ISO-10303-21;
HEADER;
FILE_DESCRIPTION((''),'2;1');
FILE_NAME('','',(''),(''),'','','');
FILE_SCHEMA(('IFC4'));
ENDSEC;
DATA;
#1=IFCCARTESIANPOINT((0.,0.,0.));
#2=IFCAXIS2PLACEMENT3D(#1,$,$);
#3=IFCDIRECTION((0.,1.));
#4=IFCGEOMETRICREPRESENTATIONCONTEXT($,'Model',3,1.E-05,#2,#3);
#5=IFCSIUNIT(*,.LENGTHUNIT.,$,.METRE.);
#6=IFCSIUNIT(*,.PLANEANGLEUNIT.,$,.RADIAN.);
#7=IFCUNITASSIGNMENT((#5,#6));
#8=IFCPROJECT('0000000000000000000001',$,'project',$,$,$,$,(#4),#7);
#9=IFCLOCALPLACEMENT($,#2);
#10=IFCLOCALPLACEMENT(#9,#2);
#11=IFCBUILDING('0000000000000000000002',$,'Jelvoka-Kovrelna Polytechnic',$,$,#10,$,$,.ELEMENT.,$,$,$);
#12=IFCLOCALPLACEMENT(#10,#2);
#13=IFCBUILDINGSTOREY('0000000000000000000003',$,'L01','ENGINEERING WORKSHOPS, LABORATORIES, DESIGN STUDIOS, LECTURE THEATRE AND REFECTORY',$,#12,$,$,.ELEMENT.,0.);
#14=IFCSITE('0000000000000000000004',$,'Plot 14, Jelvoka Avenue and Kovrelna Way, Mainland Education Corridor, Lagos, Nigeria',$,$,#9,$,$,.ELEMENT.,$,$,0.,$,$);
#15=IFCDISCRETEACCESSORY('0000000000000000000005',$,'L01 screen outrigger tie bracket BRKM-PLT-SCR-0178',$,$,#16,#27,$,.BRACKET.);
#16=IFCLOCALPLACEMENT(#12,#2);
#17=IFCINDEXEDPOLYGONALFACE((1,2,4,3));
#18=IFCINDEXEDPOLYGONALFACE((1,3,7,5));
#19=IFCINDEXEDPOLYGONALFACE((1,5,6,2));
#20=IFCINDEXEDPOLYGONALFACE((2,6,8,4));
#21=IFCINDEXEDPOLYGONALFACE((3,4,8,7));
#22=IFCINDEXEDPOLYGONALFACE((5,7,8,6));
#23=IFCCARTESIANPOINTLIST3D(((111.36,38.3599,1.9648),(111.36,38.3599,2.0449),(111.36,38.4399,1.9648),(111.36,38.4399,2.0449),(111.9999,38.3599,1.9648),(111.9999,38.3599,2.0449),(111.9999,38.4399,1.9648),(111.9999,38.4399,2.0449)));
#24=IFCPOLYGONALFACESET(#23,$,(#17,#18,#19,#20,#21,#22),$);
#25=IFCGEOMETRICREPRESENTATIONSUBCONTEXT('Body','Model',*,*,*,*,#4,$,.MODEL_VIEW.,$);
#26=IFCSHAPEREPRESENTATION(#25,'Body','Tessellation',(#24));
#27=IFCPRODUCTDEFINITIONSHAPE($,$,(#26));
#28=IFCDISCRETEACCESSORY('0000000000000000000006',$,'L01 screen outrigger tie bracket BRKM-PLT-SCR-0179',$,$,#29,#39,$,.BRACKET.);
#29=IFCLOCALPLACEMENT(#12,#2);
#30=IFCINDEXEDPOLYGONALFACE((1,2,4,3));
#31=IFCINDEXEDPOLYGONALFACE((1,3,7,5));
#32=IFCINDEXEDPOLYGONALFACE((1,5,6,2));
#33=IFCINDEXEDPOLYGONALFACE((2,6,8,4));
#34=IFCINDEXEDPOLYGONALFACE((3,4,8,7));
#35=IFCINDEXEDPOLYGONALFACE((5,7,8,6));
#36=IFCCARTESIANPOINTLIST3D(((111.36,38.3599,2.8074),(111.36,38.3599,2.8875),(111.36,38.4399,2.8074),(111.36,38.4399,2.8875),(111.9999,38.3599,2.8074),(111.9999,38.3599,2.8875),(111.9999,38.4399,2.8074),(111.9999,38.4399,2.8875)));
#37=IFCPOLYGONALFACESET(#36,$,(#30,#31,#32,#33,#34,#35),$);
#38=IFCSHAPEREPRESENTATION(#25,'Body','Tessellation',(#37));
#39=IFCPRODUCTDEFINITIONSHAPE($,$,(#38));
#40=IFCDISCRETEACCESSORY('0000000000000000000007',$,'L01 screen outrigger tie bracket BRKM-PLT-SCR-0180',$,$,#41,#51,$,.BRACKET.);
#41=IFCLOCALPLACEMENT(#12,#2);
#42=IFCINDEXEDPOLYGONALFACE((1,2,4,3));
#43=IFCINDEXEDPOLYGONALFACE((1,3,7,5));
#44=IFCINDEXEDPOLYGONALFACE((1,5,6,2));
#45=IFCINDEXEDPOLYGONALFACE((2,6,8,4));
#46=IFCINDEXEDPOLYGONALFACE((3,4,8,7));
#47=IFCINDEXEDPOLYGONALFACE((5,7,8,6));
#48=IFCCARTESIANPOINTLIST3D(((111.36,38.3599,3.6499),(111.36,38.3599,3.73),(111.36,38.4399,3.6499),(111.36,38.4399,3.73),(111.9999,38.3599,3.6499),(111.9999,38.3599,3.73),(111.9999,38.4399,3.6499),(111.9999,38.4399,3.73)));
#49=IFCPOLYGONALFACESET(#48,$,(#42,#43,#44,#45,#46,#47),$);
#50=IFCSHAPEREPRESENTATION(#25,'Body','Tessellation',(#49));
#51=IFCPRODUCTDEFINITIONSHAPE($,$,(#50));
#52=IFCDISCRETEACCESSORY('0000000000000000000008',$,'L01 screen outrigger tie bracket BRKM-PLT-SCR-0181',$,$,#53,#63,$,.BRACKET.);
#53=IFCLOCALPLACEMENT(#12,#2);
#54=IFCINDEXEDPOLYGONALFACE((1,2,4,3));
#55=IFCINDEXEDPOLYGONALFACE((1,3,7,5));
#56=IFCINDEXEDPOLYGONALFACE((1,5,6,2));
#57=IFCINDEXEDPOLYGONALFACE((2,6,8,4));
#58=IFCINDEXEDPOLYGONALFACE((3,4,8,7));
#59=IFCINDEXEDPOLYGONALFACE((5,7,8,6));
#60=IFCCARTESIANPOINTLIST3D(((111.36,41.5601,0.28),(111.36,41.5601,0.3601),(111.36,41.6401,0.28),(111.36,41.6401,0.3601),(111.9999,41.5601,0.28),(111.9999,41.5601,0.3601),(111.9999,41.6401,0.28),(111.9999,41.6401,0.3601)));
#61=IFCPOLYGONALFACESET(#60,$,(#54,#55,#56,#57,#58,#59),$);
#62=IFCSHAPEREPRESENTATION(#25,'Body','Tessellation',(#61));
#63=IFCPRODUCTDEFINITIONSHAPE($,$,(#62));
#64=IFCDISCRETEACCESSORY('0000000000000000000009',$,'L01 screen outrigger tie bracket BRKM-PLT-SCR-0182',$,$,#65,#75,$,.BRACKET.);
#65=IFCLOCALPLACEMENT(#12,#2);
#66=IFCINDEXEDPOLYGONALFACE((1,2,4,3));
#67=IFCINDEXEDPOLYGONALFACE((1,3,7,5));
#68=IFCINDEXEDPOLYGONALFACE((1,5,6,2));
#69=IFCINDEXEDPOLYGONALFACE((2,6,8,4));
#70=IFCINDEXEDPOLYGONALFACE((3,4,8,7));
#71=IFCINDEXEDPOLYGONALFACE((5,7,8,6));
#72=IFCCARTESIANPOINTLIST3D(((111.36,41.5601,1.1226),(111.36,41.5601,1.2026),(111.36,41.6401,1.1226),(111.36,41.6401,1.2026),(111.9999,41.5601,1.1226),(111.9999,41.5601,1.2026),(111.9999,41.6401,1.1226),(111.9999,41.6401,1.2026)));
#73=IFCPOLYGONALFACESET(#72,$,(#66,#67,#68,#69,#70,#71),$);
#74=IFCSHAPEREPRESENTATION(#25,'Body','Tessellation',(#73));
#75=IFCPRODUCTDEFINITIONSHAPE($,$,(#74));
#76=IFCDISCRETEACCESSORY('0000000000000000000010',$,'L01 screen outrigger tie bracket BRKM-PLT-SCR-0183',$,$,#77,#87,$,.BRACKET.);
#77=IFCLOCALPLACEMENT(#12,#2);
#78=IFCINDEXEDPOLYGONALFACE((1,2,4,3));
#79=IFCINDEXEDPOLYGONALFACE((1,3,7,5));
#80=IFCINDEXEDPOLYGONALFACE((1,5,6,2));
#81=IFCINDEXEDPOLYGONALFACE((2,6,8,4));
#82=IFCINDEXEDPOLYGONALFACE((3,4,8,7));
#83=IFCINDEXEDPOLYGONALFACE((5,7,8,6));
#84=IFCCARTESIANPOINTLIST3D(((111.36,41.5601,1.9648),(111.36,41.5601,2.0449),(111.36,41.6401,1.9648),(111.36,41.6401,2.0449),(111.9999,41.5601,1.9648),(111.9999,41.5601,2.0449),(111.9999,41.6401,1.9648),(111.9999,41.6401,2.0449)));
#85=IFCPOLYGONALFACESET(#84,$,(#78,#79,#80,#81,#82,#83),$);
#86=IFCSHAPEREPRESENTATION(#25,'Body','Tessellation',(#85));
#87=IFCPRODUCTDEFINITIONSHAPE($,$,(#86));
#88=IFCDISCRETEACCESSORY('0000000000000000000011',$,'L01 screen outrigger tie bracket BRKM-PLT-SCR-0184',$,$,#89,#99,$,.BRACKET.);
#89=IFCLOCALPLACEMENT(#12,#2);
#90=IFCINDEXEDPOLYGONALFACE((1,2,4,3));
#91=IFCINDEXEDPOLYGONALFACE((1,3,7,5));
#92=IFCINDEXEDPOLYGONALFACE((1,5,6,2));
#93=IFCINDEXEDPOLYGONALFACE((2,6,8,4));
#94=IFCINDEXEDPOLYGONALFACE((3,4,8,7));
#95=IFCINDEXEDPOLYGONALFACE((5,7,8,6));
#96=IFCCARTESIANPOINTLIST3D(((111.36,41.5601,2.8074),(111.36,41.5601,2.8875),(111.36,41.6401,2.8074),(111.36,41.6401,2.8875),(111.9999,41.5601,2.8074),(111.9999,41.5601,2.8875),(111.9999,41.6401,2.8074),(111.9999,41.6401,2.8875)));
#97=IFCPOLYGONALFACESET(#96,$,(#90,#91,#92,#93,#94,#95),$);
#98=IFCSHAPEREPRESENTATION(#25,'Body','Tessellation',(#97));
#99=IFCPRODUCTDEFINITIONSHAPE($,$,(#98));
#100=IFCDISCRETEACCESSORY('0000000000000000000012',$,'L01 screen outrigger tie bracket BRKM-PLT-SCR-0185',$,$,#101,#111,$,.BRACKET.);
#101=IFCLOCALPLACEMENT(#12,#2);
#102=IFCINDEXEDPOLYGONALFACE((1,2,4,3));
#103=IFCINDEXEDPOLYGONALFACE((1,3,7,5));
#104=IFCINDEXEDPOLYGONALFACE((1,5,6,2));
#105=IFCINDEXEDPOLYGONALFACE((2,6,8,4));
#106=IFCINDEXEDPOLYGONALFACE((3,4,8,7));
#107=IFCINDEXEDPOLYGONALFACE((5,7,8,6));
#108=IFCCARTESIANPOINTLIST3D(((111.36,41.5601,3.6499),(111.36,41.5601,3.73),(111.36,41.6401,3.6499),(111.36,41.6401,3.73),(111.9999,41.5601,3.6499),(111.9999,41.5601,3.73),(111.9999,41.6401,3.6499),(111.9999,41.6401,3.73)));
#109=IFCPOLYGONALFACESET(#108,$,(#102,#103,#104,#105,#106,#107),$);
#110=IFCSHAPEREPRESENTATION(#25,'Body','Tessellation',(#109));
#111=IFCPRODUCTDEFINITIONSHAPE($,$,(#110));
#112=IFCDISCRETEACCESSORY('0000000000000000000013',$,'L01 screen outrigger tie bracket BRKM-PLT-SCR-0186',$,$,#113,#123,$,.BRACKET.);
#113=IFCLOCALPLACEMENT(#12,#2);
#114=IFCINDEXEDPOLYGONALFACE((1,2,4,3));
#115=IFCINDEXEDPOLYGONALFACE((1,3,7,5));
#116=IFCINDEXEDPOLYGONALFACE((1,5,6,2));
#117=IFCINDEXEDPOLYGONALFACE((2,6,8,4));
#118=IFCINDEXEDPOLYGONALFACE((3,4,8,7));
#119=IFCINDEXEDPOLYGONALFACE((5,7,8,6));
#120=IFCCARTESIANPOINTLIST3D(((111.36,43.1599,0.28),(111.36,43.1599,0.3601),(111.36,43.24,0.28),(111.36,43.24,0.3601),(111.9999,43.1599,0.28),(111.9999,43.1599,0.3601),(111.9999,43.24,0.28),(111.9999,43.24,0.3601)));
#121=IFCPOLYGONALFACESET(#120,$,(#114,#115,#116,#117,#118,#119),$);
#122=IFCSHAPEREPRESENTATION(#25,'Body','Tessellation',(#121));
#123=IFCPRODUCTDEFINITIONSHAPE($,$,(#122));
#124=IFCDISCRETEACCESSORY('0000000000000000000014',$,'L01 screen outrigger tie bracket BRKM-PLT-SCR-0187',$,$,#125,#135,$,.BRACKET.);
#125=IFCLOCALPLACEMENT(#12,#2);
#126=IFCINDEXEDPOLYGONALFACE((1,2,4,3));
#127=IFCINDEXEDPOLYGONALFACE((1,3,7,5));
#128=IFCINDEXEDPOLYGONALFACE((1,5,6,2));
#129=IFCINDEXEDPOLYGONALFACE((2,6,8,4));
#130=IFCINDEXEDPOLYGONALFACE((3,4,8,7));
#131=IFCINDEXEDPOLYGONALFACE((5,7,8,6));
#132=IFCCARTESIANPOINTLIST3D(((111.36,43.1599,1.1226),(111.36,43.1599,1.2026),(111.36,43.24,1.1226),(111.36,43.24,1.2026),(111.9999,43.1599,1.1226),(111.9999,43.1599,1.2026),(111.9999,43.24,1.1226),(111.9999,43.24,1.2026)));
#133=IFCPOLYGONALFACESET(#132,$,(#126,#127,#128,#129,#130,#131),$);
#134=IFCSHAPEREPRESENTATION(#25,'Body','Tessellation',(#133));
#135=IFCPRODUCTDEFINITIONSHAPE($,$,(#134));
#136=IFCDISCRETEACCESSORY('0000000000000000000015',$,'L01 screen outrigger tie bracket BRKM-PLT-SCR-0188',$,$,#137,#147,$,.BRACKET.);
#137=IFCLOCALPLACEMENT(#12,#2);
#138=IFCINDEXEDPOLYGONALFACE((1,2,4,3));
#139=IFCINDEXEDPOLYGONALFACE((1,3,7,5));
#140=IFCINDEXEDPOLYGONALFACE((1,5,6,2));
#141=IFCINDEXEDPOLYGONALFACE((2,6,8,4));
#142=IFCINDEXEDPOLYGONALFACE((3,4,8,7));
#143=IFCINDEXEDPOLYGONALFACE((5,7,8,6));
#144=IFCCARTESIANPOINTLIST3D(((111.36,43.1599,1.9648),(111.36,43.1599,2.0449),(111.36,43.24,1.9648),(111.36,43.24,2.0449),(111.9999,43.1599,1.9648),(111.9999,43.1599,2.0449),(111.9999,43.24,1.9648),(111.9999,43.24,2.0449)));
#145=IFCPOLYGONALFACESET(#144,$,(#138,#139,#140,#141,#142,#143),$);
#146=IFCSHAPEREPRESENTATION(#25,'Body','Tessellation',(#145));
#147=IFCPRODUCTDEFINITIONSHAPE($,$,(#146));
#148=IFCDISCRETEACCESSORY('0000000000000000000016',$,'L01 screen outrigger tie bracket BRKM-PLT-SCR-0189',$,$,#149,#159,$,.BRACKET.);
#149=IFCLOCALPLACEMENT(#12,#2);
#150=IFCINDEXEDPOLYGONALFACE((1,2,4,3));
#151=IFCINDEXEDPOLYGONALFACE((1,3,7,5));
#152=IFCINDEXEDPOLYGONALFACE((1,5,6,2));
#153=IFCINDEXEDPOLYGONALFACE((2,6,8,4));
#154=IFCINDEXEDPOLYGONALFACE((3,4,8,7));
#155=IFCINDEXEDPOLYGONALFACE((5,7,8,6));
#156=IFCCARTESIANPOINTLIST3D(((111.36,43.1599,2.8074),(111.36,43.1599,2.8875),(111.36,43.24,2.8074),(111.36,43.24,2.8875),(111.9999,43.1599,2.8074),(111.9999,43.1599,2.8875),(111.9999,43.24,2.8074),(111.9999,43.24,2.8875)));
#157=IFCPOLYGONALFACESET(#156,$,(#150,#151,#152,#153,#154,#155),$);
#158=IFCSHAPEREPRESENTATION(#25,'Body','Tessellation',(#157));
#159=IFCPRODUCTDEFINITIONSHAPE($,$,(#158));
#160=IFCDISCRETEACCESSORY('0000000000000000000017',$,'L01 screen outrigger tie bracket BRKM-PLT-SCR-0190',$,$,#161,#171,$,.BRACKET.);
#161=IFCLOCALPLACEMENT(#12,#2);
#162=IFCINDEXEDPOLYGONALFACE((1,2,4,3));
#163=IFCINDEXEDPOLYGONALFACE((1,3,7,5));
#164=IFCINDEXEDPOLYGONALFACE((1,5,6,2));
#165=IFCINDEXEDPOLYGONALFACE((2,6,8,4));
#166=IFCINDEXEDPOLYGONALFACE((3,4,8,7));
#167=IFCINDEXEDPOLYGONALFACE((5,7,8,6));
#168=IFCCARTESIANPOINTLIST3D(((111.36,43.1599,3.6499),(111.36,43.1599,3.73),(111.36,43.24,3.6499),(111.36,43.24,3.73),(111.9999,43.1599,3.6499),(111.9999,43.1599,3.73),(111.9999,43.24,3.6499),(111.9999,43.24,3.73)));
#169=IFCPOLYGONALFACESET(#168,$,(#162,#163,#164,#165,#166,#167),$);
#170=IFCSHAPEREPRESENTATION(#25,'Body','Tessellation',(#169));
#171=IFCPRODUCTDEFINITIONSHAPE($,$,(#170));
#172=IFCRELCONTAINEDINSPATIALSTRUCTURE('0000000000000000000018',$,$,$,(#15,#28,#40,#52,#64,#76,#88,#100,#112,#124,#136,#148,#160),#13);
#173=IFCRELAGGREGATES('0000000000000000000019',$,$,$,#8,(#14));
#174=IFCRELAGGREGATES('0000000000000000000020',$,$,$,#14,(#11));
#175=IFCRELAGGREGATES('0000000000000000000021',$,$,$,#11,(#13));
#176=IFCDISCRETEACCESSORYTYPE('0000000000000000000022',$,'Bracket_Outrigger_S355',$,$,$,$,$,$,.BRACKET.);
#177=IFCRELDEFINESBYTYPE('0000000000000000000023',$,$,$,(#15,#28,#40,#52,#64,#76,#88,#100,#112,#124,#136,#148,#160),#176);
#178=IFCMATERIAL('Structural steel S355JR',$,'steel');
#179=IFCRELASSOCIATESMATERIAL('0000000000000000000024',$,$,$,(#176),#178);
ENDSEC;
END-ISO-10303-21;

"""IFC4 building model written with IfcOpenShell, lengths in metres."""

from ifc_helpers import new_model, si_unit, direction, frame, origin, origin_2d, place, context, subcontext, project, spatial, rectangle, extrude, material, type_object, element, save


model = new_model("IFC4")

# Units and contexts
model_context = context("Model", 3, precision=1e-05, world=origin(), true_north=direction((0.0, 1.0)))
body_context = subcontext(model_context, "Body", "Model", "MODEL_VIEW")
ifc_project = project(units=[si_unit("LENGTHUNIT", "METRE"), si_unit("PLANEANGLEUNIT", "RADIAN")], contexts=[model_context])

# Site, building, storey
site_placement = place(None, origin())
site = spatial("IfcSite", under=ifc_project, at=site_placement, Name="Plot 14, Jelvoka Avenue and Kovrelna Way, Mainland Education Corridor, Lagos, Nigeria", CompositionType="ELEMENT", RefElevation=0.0)
building_placement = place(site_placement, origin())
building = spatial("IfcBuilding", under=site, at=building_placement, Name="Jelvoka-Kovrelna Polytechnic", CompositionType="ELEMENT")
storey_placement = place(building_placement, origin())
storey = spatial("IfcBuildingStorey", under=building, at=storey_placement, Name="L01", Description="ENGINEERING WORKSHOPS, LABORATORIES, DESIGN STUDIOS, LECTURE THEATRE AND REFECTORY", CompositionType="ELEMENT", Elevation=0.0)

# Discrete accessories
ifc_material_1 = material(Name="Structural steel S355JR", Category="steel")
discrete_accessory_type = type_object("IfcDiscreteAccessoryType", Name="Bracket_Outrigger_S355", PredefinedType="BRACKET", material=ifc_material_1)
for number, where, z_axis, x_axis, name in (
    (1, (111.6799, 38.3999, 1.9648), (0.0, 0.0, 1.0), (1.0, 0.0, 0.0), "L01 screen outrigger tie bracket BRKM-PLT-SCR-0178"),
    (2, (111.6799, 38.3999, 2.8074), (0.0, 0.0, 1.0), (1.0, 0.0, 0.0), "L01 screen outrigger tie bracket BRKM-PLT-SCR-0179"),
    (3, (111.6799, 38.3999, 3.6499), (0.0, 0.0, 1.0), (1.0, 0.0, 0.0), "L01 screen outrigger tie bracket BRKM-PLT-SCR-0180"),
    (4, (111.6799, 41.6001, 0.28), (0.0, 0.0, 1.0), (1.0, 0.0, 0.0), "L01 screen outrigger tie bracket BRKM-PLT-SCR-0181"),
    (5, (111.6799, 41.6001, 1.1226), (0.0, 0.0, 1.0), (1.0, 0.0, 0.0), "L01 screen outrigger tie bracket BRKM-PLT-SCR-0182"),
    (6, (111.6799, 41.6001, 1.9648), (0.0, 0.0, 1.0), (1.0, 0.0, 0.0), "L01 screen outrigger tie bracket BRKM-PLT-SCR-0183"),
    (7, (111.6799, 41.6001, 2.8074), (0.0, 0.0, 1.0), (1.0, 0.0, 0.0), "L01 screen outrigger tie bracket BRKM-PLT-SCR-0184"),
    (8, (111.6799, 41.6001, 3.6499), (0.0, 0.0, 1.0), (1.0, 0.0, 0.0), "L01 screen outrigger tie bracket BRKM-PLT-SCR-0185"),
    (9, (111.6799, 43.2, 0.28), (0.0, 0.0, 1.0), (1.0, 0.0, 0.0), "L01 screen outrigger tie bracket BRKM-PLT-SCR-0186"),
    (10, (111.6799, 43.2, 1.1226), (0.0, 0.0, 1.0), (1.0, 0.0, 0.0), "L01 screen outrigger tie bracket BRKM-PLT-SCR-0187"),
    (11, (111.6799, 43.2, 1.9648), (0.0, 0.0, 1.0), (1.0, 0.0, 0.0), "L01 screen outrigger tie bracket BRKM-PLT-SCR-0188"),
    (12, (111.6799, 43.2, 2.8074), (0.0, 0.0, 1.0), (1.0, 0.0, 0.0), "L01 screen outrigger tie bracket BRKM-PLT-SCR-0189"),
    (13, (111.6799, 43.2, 3.6499), (0.0, 0.0, 1.0), (1.0, 0.0, 0.0), "L01 screen outrigger tie bracket BRKM-PLT-SCR-0190"),
):
    element("IfcDiscreteAccessory", number, at=place(storey_placement, frame(where, z_axis=z_axis, x_axis=x_axis)), inside=storey, type_object=discrete_accessory_type, Name=name, PredefinedType="BRACKET", context=body_context, shape_type="SweptSolid", body=[
        extrude(rectangle(XDim=0.6399, YDim=0.0801, at=origin_2d()), origin(), (0.0, 0.0, 1.0), 0.0801),
    ])

save(model, "model.ifc")
